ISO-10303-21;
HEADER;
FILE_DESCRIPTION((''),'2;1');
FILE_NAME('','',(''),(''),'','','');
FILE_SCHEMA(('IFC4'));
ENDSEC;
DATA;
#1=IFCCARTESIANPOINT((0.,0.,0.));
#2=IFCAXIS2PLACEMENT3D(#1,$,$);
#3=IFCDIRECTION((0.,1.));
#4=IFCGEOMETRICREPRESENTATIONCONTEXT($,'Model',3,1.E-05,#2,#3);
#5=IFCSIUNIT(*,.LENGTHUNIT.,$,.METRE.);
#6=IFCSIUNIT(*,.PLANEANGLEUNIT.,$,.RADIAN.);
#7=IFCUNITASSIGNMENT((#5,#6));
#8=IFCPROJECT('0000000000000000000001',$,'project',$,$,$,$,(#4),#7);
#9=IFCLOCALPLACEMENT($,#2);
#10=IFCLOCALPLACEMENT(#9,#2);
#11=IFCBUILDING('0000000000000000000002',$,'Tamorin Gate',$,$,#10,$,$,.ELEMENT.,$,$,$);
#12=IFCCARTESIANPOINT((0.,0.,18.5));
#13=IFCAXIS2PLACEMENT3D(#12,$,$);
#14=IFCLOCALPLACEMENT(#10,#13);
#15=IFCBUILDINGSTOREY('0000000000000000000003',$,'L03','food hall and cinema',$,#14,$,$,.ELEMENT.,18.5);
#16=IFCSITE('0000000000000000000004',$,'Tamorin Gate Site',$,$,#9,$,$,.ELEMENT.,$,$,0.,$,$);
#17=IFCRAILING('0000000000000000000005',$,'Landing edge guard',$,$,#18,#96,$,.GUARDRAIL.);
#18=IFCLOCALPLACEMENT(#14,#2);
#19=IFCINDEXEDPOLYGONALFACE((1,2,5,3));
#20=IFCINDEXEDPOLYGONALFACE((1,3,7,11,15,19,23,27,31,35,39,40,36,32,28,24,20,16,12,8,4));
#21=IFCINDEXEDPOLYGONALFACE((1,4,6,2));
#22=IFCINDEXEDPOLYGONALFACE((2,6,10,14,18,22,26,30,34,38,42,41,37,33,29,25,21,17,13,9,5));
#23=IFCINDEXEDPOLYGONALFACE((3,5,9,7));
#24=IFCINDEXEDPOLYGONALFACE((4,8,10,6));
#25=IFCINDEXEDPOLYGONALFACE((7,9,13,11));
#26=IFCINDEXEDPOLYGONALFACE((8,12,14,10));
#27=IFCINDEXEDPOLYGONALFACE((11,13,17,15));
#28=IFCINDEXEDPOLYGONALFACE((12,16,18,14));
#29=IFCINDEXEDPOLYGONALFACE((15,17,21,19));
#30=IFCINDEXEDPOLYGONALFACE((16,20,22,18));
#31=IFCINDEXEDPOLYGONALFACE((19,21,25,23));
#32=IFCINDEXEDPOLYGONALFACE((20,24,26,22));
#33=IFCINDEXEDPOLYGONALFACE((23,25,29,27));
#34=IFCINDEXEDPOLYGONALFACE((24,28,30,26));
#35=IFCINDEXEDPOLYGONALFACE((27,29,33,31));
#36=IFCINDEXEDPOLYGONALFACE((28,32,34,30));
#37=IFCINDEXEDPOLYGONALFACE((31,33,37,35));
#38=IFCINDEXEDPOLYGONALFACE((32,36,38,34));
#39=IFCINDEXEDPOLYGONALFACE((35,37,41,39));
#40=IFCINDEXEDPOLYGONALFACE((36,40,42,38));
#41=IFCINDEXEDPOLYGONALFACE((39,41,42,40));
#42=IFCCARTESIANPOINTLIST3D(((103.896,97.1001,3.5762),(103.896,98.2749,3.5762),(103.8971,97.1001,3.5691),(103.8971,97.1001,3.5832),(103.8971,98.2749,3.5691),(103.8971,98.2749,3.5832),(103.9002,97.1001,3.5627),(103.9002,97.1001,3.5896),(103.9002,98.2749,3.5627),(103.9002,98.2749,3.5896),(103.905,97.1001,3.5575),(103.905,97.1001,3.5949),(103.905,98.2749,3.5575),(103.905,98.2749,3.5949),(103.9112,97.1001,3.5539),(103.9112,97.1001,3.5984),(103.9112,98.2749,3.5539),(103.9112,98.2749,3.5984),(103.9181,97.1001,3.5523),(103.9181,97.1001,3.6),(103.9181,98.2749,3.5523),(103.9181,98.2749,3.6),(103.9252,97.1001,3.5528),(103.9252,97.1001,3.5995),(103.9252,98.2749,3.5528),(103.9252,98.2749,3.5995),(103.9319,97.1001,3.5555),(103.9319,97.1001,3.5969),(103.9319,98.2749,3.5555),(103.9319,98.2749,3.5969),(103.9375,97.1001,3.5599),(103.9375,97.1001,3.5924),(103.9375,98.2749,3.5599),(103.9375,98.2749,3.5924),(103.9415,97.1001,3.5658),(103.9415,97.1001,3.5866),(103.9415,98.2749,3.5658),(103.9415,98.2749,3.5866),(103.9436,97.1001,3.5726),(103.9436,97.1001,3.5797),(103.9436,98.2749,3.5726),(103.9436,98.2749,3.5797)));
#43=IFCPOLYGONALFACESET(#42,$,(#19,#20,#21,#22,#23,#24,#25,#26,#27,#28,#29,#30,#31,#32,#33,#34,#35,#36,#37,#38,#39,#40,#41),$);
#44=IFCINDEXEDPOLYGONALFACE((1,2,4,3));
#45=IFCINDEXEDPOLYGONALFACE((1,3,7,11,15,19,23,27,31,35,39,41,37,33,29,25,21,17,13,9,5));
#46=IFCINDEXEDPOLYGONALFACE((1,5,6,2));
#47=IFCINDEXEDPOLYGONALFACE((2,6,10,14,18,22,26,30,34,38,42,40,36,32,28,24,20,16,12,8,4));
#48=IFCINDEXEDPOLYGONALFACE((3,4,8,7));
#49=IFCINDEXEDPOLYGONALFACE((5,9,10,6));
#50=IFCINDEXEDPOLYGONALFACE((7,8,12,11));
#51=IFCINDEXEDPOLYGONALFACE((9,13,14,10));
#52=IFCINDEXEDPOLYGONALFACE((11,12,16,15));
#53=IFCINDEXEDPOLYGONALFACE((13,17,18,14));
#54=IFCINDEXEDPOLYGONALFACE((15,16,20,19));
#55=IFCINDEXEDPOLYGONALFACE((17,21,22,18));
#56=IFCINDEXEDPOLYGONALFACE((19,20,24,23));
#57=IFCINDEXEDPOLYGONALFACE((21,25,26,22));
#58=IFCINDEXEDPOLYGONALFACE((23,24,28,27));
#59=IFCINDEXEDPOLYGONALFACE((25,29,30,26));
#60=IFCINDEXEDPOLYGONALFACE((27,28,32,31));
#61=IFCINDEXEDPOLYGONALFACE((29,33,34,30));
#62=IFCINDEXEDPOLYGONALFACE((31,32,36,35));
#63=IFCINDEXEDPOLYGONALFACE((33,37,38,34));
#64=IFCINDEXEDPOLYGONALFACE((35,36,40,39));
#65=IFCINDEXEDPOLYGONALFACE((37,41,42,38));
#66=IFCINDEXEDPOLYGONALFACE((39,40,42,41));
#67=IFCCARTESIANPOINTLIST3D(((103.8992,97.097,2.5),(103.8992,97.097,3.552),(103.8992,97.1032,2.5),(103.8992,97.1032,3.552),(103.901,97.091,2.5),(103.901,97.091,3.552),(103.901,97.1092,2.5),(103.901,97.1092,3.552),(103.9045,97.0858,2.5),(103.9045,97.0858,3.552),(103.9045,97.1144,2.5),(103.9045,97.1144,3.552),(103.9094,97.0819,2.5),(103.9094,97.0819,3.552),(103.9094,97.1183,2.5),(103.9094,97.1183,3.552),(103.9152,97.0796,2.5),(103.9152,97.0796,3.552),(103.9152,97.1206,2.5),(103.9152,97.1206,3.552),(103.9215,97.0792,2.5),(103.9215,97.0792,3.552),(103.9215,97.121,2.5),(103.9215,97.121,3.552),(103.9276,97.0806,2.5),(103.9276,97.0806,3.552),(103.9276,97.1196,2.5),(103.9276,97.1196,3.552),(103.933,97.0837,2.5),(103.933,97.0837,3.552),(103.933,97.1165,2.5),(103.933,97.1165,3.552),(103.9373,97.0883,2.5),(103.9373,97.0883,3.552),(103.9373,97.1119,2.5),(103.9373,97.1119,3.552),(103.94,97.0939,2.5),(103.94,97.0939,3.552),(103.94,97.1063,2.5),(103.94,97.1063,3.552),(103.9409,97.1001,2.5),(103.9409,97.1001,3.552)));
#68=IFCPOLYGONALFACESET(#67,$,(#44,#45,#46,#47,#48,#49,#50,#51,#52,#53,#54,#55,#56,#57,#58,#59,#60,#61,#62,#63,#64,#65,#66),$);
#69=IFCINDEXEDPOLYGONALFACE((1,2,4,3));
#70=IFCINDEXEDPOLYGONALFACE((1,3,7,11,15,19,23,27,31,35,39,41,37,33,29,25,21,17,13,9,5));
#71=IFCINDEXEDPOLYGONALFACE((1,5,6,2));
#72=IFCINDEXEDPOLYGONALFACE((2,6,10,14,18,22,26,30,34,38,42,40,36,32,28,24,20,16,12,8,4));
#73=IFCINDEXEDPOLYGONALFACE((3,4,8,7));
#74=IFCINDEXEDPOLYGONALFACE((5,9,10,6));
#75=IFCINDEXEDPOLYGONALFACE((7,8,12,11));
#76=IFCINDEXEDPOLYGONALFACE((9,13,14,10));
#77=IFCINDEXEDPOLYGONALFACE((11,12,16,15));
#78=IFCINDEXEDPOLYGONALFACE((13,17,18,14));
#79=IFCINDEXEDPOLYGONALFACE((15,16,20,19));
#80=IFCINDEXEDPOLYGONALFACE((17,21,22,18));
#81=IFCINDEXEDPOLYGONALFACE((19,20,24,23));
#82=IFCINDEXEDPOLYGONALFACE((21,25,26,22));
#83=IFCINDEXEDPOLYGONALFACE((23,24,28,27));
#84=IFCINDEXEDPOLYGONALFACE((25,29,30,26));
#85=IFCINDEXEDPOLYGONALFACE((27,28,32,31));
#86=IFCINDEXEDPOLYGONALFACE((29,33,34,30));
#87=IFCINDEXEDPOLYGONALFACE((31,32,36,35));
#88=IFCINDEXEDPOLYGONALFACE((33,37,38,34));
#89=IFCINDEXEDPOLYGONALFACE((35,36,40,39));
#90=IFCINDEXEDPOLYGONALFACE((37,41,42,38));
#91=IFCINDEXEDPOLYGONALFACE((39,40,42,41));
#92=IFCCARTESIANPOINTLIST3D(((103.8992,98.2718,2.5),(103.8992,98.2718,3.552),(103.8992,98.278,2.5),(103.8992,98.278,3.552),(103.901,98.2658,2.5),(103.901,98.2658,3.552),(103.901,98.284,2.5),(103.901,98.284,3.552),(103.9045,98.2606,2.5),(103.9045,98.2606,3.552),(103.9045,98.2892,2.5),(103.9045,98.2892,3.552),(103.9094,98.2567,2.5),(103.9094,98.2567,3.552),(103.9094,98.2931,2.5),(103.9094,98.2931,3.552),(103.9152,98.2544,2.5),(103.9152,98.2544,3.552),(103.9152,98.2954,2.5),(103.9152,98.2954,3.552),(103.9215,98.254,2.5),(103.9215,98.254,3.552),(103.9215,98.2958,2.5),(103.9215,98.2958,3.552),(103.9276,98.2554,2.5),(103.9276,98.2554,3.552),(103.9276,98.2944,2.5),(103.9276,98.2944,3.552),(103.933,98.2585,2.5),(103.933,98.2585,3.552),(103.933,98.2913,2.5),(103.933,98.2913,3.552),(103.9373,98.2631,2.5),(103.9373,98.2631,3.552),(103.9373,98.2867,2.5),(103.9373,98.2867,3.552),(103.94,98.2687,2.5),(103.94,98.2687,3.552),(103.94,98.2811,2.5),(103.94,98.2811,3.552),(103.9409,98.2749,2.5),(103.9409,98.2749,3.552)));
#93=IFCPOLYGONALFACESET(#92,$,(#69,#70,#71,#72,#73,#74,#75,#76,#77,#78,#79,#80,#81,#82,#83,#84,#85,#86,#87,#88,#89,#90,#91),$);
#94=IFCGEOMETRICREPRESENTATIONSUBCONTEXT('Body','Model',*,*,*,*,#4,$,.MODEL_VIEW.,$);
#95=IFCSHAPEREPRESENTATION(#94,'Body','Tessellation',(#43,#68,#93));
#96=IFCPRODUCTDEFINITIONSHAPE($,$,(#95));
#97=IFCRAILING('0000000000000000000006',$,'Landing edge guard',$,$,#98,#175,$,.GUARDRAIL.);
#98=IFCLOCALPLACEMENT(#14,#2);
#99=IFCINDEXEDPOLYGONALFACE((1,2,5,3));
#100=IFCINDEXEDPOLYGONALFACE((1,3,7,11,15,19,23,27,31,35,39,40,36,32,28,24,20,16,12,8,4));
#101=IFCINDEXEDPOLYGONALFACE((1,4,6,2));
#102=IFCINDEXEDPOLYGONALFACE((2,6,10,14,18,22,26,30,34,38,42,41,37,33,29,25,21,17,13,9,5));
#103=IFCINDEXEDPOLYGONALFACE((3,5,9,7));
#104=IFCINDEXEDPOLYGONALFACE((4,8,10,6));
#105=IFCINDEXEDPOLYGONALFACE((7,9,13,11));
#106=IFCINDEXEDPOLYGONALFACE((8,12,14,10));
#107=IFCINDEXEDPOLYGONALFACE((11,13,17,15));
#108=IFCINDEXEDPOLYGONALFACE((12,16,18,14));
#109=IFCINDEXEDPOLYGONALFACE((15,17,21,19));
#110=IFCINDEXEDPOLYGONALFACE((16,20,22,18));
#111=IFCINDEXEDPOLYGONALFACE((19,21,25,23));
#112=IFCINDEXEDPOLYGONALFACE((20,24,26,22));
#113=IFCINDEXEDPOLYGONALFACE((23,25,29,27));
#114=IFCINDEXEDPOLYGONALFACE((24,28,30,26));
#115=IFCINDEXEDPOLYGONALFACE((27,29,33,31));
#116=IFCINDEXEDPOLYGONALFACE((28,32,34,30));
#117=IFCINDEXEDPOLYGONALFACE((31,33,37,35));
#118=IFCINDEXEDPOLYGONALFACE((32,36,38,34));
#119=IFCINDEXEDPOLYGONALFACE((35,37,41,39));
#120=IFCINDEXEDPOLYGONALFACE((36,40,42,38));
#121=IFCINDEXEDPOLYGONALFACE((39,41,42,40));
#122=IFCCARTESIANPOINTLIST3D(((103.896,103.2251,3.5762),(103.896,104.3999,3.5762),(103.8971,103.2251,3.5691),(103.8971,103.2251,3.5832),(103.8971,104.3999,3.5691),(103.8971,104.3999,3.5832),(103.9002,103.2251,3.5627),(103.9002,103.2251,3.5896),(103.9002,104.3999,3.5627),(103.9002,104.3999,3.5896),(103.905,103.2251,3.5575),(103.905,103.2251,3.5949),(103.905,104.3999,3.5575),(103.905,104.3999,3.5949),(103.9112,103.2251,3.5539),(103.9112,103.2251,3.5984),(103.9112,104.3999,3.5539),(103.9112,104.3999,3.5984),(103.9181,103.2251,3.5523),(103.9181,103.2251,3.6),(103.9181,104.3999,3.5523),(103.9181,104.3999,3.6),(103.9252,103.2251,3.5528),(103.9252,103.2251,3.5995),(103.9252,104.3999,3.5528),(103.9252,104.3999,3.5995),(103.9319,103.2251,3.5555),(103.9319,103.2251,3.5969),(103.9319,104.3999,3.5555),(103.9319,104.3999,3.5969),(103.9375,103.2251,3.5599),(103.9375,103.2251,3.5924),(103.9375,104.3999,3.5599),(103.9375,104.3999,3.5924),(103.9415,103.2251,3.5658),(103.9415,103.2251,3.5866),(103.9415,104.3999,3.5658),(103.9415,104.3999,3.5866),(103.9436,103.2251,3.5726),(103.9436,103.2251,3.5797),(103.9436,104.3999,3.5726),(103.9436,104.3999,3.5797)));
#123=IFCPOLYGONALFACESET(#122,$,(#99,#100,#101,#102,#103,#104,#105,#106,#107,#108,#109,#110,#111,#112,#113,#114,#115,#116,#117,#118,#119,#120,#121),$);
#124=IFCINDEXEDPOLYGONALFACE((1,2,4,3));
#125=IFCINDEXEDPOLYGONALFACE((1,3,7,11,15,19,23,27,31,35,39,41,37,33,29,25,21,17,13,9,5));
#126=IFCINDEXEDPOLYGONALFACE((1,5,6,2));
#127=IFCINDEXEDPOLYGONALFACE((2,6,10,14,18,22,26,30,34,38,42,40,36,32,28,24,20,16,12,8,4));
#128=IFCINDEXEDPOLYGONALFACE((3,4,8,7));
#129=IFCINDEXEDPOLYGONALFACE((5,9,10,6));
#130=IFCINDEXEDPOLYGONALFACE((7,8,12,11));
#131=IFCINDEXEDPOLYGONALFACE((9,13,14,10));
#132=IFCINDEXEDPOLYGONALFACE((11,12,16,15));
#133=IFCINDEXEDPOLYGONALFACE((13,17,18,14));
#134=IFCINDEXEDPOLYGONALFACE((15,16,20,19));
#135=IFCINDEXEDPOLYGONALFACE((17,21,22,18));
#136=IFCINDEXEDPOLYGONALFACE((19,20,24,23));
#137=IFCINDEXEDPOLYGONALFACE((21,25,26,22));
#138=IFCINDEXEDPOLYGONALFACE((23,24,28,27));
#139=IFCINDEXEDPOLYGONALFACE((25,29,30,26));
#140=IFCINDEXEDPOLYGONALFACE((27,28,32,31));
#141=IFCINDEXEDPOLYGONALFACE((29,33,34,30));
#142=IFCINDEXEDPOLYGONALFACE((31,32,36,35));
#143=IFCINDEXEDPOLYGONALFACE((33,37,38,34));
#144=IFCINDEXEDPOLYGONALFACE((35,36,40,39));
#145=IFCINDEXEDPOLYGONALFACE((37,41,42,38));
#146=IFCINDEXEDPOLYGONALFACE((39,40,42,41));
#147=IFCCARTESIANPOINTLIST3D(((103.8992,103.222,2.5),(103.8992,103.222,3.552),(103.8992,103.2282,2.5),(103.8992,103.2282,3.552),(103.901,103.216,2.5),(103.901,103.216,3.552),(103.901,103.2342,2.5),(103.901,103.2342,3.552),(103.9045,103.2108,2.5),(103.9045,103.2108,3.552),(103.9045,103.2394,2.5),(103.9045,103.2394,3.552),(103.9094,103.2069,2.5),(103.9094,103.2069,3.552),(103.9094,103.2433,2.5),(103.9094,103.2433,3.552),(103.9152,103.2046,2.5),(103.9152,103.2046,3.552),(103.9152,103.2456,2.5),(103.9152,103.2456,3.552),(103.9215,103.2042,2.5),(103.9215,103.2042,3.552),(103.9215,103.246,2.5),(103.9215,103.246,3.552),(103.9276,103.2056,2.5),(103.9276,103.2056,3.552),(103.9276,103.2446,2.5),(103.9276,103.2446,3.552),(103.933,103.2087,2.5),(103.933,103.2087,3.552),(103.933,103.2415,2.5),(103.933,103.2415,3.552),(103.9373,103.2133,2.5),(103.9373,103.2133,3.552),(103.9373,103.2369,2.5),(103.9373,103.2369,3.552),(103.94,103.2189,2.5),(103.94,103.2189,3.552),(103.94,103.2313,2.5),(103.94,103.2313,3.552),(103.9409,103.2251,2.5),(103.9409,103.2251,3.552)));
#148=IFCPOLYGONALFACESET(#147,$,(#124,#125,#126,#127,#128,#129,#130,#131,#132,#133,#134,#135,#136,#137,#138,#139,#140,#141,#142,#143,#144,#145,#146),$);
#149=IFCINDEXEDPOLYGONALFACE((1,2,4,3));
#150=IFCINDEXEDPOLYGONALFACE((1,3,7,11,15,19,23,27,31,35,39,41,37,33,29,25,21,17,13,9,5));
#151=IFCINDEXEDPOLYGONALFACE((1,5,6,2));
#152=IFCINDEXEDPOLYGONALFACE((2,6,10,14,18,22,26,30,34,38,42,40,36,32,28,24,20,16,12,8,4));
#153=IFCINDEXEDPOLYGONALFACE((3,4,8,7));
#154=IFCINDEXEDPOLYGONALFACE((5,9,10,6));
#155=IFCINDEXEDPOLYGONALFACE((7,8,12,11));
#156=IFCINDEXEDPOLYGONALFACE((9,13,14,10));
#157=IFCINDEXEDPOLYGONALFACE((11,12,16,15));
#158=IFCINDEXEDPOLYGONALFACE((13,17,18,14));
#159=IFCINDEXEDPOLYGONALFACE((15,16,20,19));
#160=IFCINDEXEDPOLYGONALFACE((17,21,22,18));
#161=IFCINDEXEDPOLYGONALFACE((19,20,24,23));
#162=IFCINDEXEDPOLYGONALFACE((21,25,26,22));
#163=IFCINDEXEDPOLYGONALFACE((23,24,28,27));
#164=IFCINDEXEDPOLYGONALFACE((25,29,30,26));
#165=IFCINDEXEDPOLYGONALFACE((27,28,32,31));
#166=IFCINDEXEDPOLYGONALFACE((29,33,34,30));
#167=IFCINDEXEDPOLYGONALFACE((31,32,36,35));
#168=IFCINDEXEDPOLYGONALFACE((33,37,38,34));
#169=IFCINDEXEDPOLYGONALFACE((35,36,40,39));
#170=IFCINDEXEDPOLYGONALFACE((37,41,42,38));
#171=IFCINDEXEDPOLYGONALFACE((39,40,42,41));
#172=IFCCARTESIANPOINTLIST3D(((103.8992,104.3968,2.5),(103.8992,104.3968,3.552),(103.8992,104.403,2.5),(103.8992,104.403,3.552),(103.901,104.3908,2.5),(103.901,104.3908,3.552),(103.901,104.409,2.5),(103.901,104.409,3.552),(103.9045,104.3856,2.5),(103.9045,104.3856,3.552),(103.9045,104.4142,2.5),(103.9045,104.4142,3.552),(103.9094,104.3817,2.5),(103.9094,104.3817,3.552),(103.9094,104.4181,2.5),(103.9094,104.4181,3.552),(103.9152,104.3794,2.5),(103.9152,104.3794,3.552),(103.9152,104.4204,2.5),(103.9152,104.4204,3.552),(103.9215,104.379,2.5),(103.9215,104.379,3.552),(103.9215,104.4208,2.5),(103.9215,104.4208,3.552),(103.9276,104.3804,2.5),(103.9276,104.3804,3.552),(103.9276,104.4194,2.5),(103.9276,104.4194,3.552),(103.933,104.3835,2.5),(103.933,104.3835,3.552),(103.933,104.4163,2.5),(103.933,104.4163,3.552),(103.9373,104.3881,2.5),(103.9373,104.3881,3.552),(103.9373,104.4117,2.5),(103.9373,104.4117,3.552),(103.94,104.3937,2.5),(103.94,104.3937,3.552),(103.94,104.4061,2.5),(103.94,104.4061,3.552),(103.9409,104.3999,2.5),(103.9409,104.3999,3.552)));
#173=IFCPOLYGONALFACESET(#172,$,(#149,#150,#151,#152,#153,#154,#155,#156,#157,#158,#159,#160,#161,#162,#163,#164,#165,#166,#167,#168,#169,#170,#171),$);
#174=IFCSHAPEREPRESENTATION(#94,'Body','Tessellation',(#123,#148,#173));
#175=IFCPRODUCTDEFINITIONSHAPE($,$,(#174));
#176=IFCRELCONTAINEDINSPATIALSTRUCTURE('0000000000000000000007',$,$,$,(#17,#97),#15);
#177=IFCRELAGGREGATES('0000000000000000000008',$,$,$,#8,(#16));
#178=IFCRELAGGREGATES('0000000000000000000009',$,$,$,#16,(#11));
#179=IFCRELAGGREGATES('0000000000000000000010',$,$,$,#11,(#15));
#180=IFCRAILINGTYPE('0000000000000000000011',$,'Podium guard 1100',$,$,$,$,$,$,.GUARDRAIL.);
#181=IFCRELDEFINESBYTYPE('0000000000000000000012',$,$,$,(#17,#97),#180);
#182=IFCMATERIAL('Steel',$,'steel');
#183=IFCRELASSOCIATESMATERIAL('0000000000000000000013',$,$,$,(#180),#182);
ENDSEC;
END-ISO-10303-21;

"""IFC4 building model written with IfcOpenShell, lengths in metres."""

from ifc_helpers import new_model, si_unit, direction, frame, origin, origin_2d, place, context, subcontext, project, spatial, circle, extrude, material, type_object, element, save


model = new_model("IFC4")

# Units and contexts
model_context = context("Model", 3, precision=1e-05, world=origin(), true_north=direction((0.0, 1.0)))
body_context = subcontext(model_context, "Body", "Model", "MODEL_VIEW")
ifc_project = project(units=[si_unit("LENGTHUNIT", "METRE"), si_unit("PLANEANGLEUNIT", "RADIAN")], contexts=[model_context])

# Site, building, storey
site_placement = place(None, origin())
site = spatial("IfcSite", under=ifc_project, at=site_placement, Name="Tamorin Gate Site", CompositionType="ELEMENT", RefElevation=0.0)
building_placement = place(site_placement, origin())
building = spatial("IfcBuilding", under=site, at=building_placement, Name="Tamorin Gate", CompositionType="ELEMENT")
storey_placement = place(building_placement, frame((0.0, 0.0, 18.5)))
storey = spatial("IfcBuildingStorey", under=building, at=storey_placement, Name="L03", Description="food hall and cinema", CompositionType="ELEMENT", Elevation=18.5)

# Railings
ifc_material_1 = material(Name="Steel", Category="steel")
railing_type_1 = type_object("IfcRailingType", Name="Podium guard 1100", PredefinedType="GUARDRAIL", material=ifc_material_1)
for number, where, name in (
    (1, (103.9199, 97.1001, 2.5), "Landing edge guard"),
    (2, (103.9199, 103.2251, 2.5), "Landing edge guard"),
):
    element("IfcRailing", number, at=place(storey_placement, frame(where)), inside=storey, type_object=railing_type_1, Name=name, PredefinedType="GUARDRAIL", context=body_context, shape_type="SweptSolid", body=[
        extrude(circle(Radius=0.0239, at=origin_2d()), frame((0.0, 0.0, 1.0762), z_axis=(0.0, 1.0, 0.0), x_axis=(-1.0, 0.0, 0.0)), (0.0, 0.0, 1.0), 1.1748),
        extrude(circle(Radius=0.021, at=origin_2d()), origin(), (0.0, 0.0, 1.0), 1.052),
        extrude(circle(Radius=0.021, at=origin_2d()), frame((0.0, 1.1748, 0.0)), (0.0, 0.0, 1.0), 1.052),
    ])

save(model, "model.ifc")
